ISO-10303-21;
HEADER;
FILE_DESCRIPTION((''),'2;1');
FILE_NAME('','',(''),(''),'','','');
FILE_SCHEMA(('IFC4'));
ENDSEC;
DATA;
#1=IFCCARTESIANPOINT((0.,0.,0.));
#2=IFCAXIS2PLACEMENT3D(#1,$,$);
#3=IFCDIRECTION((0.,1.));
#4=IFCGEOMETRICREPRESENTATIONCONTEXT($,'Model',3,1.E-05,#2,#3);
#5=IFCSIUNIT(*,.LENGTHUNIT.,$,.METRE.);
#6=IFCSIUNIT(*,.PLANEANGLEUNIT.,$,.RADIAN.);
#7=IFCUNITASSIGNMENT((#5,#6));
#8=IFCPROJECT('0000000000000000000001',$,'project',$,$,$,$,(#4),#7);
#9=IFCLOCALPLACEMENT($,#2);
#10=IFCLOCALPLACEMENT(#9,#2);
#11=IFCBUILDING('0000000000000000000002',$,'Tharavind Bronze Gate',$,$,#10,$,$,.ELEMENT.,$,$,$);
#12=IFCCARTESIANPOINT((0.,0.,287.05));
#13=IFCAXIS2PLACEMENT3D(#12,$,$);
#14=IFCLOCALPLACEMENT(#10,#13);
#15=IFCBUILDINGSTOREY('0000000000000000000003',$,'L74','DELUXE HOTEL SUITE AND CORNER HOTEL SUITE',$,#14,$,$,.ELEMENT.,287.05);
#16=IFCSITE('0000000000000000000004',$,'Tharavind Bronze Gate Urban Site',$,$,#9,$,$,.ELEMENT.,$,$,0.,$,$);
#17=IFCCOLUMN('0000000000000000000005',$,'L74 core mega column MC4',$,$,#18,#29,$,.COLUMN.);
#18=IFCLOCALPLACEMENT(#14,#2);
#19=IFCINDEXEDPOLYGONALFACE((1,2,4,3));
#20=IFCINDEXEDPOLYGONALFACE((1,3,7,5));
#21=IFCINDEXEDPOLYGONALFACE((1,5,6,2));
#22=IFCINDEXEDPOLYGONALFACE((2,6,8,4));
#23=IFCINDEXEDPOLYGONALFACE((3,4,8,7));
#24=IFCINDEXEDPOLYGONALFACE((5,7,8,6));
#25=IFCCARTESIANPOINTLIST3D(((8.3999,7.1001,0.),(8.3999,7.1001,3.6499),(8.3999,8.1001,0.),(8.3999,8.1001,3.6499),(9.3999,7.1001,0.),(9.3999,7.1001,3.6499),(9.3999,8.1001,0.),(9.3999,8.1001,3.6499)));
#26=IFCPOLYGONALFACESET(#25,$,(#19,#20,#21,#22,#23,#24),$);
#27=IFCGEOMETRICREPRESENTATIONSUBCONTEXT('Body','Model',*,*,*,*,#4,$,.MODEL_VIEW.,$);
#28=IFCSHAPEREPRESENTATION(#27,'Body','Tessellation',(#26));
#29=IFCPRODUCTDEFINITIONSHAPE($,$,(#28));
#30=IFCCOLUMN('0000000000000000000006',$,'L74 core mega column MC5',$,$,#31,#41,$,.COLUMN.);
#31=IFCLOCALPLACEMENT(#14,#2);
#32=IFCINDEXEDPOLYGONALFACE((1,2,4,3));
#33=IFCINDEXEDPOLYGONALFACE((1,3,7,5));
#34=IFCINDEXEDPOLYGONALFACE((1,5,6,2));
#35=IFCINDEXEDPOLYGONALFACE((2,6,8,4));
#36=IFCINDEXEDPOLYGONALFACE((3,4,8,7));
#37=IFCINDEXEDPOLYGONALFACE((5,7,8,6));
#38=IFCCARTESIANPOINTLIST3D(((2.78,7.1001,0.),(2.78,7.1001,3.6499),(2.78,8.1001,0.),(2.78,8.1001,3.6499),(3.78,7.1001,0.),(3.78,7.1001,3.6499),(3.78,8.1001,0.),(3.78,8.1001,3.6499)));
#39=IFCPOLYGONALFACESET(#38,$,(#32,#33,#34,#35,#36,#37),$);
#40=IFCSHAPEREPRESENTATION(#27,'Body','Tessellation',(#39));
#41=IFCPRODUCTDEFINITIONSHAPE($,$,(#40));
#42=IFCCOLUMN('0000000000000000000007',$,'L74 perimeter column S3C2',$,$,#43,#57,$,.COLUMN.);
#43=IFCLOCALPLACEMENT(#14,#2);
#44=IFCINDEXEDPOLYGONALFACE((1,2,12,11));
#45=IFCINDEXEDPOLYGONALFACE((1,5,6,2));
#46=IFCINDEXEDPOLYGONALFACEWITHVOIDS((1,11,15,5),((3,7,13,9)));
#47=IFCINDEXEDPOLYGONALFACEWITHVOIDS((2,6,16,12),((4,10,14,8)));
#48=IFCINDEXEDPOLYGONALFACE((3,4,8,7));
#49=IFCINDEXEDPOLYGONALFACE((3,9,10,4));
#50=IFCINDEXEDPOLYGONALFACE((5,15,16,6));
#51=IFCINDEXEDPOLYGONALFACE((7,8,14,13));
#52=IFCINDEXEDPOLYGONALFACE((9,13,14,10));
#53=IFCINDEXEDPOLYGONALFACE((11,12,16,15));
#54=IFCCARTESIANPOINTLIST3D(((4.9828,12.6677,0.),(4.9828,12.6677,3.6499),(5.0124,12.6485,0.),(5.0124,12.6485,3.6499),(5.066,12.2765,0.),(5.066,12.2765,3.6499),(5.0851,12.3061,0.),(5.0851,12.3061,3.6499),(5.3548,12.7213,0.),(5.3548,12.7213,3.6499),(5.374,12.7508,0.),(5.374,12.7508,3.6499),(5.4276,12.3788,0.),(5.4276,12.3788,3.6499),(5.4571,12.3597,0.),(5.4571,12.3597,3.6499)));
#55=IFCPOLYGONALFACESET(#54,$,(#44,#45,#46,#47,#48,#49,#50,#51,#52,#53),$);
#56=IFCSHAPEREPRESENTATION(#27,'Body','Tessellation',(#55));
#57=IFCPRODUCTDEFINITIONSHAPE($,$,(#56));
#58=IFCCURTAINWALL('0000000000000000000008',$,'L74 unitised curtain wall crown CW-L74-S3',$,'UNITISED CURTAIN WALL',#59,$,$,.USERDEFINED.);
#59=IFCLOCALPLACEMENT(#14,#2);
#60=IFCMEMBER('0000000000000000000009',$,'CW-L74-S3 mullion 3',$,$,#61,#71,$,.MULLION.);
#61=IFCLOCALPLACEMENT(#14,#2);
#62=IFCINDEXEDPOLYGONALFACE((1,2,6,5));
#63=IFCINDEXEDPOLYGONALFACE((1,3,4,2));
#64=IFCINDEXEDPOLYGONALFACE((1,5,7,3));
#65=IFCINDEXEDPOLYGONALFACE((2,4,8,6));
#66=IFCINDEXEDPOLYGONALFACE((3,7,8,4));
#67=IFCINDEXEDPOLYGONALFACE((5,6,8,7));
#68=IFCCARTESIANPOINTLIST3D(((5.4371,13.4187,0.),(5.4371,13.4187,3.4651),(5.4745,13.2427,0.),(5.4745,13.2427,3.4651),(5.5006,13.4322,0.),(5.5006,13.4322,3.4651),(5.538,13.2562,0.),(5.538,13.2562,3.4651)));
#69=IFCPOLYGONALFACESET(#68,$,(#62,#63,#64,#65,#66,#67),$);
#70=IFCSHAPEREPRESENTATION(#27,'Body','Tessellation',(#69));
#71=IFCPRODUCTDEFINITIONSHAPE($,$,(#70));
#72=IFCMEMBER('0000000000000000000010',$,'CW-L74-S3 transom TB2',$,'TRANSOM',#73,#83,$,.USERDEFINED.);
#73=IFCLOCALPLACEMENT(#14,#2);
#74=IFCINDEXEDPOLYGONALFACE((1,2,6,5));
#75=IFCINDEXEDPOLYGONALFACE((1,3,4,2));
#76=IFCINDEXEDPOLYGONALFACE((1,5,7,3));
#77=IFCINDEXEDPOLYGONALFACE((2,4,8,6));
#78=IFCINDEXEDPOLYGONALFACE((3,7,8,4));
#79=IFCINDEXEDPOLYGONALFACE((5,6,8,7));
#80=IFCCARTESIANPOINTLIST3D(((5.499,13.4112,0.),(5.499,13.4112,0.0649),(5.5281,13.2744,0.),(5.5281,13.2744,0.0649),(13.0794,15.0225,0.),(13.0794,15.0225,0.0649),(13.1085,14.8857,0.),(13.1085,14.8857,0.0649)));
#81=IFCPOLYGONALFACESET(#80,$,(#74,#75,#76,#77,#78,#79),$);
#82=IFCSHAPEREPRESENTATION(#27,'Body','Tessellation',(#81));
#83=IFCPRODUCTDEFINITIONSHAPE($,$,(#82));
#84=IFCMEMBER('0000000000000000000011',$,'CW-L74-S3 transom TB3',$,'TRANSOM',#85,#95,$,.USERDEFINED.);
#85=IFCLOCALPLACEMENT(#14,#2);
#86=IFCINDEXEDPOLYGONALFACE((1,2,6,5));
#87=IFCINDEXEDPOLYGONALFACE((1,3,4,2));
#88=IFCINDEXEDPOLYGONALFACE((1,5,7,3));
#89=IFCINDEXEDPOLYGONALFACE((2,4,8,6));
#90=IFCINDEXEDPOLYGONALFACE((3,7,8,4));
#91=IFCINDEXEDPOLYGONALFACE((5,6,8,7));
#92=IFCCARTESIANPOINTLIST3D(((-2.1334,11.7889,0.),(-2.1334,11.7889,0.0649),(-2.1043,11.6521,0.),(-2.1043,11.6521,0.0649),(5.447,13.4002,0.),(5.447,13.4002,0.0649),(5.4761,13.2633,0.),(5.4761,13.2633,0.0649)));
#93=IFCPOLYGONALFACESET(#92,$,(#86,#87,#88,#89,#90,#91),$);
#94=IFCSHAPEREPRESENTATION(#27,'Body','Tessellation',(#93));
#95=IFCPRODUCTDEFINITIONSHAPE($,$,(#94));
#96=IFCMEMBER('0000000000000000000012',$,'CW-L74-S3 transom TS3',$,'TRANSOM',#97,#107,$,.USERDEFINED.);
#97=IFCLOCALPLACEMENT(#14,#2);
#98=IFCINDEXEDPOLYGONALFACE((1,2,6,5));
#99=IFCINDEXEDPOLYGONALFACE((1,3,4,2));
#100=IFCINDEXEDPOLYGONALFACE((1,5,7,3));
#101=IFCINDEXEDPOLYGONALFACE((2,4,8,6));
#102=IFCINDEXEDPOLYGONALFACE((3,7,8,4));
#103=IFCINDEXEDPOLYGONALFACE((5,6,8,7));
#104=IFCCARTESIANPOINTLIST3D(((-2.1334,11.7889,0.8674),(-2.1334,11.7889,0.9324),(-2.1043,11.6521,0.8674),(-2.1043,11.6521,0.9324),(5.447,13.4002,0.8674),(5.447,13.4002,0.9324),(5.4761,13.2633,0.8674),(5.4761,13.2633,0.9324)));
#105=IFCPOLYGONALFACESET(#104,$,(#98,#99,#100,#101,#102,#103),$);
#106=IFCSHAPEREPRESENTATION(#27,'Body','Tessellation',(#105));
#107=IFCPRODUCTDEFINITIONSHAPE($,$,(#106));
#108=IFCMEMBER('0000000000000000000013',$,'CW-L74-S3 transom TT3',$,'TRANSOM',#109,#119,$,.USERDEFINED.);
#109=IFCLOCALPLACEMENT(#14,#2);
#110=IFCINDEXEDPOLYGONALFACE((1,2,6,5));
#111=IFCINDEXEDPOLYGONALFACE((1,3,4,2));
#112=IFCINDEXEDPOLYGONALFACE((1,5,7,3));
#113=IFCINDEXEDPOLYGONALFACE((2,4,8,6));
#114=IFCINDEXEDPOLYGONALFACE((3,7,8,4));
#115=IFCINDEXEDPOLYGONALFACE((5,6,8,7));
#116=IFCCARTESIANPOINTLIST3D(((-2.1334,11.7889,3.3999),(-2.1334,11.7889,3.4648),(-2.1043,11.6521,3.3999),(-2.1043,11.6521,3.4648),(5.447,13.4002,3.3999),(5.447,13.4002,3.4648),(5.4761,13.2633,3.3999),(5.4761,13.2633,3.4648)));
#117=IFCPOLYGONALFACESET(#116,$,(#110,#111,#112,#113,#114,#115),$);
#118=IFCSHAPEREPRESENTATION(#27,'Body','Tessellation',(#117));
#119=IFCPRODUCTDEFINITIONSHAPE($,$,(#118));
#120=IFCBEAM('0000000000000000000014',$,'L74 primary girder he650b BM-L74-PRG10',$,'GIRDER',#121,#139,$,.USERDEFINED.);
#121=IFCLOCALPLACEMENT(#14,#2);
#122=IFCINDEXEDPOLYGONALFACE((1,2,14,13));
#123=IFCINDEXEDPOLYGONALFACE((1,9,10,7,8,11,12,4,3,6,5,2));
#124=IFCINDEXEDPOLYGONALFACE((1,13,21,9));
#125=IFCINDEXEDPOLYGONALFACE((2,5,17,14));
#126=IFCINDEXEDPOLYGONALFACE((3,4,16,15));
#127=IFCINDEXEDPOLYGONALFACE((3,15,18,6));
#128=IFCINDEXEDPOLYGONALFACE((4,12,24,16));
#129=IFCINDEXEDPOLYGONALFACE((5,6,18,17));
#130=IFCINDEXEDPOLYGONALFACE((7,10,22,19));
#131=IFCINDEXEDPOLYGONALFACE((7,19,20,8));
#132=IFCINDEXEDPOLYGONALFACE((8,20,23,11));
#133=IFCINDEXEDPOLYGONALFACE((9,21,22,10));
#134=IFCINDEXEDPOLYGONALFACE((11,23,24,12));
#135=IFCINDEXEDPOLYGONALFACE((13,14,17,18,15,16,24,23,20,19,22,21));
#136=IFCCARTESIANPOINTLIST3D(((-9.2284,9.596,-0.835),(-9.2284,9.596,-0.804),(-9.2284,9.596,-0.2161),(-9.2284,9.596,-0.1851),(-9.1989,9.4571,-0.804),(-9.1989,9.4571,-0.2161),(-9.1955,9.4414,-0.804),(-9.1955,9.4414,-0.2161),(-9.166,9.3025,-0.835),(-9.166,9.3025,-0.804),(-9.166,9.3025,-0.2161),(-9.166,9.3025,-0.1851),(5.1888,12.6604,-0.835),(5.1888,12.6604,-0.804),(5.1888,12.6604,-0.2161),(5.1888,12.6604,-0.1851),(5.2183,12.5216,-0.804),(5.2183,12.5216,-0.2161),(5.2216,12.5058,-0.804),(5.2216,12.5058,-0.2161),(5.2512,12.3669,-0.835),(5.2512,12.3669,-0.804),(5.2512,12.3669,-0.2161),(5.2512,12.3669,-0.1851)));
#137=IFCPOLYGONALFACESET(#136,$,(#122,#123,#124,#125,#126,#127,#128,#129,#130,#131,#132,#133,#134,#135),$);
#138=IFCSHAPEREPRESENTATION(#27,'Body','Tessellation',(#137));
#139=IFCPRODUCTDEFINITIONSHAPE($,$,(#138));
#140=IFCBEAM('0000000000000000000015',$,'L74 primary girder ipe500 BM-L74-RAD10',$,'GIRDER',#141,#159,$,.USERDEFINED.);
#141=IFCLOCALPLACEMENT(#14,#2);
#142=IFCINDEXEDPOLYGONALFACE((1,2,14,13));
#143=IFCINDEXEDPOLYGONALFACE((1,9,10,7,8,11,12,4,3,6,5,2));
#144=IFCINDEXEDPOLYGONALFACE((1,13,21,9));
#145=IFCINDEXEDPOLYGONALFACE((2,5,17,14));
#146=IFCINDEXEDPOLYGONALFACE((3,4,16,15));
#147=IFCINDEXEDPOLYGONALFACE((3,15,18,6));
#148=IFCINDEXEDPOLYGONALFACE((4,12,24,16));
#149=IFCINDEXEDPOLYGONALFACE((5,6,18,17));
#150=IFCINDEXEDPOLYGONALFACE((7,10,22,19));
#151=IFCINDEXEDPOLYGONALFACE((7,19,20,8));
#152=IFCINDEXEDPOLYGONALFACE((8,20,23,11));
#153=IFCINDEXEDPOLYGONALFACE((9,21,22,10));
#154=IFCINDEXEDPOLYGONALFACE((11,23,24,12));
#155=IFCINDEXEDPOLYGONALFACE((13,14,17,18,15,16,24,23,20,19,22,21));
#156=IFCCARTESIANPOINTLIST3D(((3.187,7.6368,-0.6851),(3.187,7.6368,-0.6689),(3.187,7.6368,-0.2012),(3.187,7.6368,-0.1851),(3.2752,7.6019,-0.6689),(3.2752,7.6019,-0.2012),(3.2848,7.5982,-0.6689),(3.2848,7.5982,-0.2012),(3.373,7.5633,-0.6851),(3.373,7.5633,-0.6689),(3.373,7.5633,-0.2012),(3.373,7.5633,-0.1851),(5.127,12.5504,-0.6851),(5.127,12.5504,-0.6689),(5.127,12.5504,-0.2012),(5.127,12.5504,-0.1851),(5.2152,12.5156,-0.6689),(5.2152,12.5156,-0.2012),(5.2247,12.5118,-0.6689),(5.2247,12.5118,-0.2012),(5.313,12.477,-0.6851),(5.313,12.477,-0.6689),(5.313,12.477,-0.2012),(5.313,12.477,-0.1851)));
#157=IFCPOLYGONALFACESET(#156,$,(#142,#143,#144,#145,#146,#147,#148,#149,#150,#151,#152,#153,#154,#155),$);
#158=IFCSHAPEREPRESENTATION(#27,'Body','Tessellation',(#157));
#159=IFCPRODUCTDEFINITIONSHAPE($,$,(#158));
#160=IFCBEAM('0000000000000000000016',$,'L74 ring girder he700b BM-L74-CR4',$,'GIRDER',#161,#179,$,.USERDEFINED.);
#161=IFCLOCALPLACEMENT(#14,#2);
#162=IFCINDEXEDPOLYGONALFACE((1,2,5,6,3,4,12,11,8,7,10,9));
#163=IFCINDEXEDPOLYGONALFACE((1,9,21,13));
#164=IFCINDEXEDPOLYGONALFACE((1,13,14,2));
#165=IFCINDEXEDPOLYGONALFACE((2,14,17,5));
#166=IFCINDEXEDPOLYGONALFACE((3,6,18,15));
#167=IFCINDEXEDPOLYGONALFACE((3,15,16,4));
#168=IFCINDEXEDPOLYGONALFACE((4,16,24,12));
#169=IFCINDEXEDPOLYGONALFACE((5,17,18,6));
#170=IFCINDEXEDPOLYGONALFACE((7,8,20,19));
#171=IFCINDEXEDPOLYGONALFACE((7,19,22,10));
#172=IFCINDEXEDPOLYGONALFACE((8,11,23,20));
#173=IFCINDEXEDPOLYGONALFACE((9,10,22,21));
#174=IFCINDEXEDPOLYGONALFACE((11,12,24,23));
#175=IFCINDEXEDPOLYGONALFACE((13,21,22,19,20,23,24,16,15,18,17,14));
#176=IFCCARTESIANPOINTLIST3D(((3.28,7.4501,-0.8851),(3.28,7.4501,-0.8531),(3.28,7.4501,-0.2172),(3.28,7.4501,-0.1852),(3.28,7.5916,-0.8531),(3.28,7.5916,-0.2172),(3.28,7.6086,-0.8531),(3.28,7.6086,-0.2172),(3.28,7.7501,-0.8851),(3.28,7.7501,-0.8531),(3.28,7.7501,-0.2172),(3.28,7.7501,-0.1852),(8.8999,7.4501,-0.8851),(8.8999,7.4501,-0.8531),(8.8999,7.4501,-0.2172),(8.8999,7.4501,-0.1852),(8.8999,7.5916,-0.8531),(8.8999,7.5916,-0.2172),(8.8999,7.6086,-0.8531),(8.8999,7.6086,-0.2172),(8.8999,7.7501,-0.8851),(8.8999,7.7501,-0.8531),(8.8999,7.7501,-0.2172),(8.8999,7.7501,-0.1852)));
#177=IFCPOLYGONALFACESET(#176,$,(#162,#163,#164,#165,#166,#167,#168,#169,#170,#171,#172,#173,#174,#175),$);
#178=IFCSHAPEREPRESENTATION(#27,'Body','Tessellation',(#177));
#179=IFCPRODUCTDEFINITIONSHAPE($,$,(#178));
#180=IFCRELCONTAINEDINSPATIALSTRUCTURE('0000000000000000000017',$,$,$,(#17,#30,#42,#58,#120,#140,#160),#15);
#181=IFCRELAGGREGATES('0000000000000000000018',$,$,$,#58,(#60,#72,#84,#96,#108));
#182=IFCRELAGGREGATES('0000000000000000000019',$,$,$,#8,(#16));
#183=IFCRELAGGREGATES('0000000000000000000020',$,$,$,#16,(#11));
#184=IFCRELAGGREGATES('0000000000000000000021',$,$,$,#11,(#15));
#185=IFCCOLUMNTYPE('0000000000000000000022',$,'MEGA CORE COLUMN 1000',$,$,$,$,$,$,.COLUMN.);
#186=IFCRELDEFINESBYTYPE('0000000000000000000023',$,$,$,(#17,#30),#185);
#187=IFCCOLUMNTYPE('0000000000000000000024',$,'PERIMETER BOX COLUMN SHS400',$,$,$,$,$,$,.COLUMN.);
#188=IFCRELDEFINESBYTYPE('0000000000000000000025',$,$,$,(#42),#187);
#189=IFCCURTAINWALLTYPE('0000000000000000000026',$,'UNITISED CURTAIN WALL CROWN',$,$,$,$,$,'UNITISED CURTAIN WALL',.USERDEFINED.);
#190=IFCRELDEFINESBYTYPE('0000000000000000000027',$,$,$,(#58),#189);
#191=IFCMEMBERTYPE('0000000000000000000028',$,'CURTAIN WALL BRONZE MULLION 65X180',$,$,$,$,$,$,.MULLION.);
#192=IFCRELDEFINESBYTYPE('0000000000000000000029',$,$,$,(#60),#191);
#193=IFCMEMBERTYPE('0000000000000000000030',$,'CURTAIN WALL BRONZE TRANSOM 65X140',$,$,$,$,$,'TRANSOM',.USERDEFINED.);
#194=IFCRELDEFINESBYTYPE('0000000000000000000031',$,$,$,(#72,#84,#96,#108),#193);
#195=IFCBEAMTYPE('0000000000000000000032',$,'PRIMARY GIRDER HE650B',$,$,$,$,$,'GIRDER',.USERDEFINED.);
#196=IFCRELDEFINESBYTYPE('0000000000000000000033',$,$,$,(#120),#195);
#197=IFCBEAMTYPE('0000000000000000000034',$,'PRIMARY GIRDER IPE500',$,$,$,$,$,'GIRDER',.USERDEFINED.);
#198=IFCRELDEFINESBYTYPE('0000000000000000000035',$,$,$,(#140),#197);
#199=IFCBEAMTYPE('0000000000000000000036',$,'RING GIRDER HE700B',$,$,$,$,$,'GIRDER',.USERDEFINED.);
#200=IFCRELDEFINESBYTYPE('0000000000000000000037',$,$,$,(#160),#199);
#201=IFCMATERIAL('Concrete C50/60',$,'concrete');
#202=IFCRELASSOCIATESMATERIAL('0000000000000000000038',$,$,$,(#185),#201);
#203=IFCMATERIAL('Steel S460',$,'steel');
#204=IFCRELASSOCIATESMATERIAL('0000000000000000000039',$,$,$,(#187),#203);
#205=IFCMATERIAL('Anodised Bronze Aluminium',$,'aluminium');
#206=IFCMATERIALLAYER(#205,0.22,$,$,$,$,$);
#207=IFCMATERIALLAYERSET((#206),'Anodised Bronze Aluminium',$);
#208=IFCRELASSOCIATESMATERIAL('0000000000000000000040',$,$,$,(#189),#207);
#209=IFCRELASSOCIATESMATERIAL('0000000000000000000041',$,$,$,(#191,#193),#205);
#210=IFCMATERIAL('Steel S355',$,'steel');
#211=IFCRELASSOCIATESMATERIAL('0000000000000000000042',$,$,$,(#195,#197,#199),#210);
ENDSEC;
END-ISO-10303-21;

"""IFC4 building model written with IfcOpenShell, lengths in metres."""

from ifc_helpers import new_model, si_unit, direction, frame, origin, origin_2d, place, context, subcontext, project, spatial, rectangle, hollow_rectangle, i_section, extrude, material, layer, layer_set, material_profile, profile_set, type_object, element, aggregate, save


model = new_model("IFC4")

# Units and contexts
model_context = context("Model", 3, precision=1e-05, world=origin(), true_north=direction((0.0, 1.0)))
body_context = subcontext(model_context, "Body", "Model", "MODEL_VIEW")
ifc_project = project(units=[si_unit("LENGTHUNIT", "METRE"), si_unit("PLANEANGLEUNIT", "RADIAN")], contexts=[model_context])

# Site, building, storey
site_placement = place(None, origin())
site = spatial("IfcSite", under=ifc_project, at=site_placement, Name="Tharavind Bronze Gate Urban Site", CompositionType="ELEMENT", RefElevation=0.0)
building_placement = place(site_placement, origin())
building = spatial("IfcBuilding", under=site, at=building_placement, Name="Tharavind Bronze Gate", CompositionType="ELEMENT")
storey_placement = place(building_placement, frame((0.0, 0.0, 287.05)))
storey = spatial("IfcBuildingStorey", under=building, at=storey_placement, Name="L74", Description="DELUXE HOTEL SUITE AND CORNER HOTEL SUITE", CompositionType="ELEMENT", Elevation=287.05)

# Columns
ifc_material_1 = material(Name="Concrete C50/60", Category="concrete")
ifc_material_profile_1 = material_profile(ifc_material_1, rectangle(XDim=1.0, YDim=1.0, at=origin_2d()), Name="RCCOL1000")
ifc_profile_set_1 = profile_set([ifc_material_profile_1], Name="Concrete C50/60")
column_type_1 = type_object("IfcColumnType", Name="MEGA CORE COLUMN 1000", PredefinedType="COLUMN", material=ifc_profile_set_1)
for number, where, z_axis, x_axis, name in (
    (1, (8.8999, 7.6001, 0.0), (0.0, 0.0, 1.0), (1.0, 0.0, 0.0), "L74 core mega column MC4"),
    (2, (3.28, 7.6001, 0.0), (0.0, 0.0, 1.0), (1.0, 0.0, 0.0), "L74 core mega column MC5"),
):
    element("IfcColumn", number, at=place(storey_placement, frame(where, z_axis=z_axis, x_axis=x_axis)), inside=storey, type_object=column_type_1, Name=name, PredefinedType="COLUMN", context=body_context, shape_type="SweptSolid", body=[
        extrude(rectangle(XDim=1.0, YDim=1.0, at=origin_2d()), origin(), (0.0, 0.0, 1.0), 3.6499),
    ])
ifc_material_2 = material(Name="Steel S460", Category="steel")
ifc_material_profile_2 = material_profile(ifc_material_2, hollow_rectangle(XDim=0.3999, YDim=0.3999, WallThickness=0.0249, at=origin_2d()), Name="SHS400X25")
ifc_profile_set_2 = profile_set([ifc_material_profile_2], Name="Steel S460")
column_type_2 = type_object("IfcColumnType", Name="PERIMETER BOX COLUMN SHS400", PredefinedType="COLUMN", material=ifc_profile_set_2)
column_placement = place(storey_placement, frame((5.22, 12.5137, 0.0), z_axis=(0.0, 0.0, 1.0), x_axis=(0.978147, 0.207913, 0.0)))
element("IfcColumn", 3, at=column_placement, inside=storey, type_object=column_type_2, Name="L74 perimeter column S3C2", PredefinedType="COLUMN", context=body_context, shape_type="SweptSolid", body=[
    extrude(hollow_rectangle(XDim=0.3999, YDim=0.3999, WallThickness=0.0249, at=origin_2d()), origin(), (0.0, 0.0, 1.0), 3.6499),
])

# Curtain wall, members
ifc_material_3 = material(Name="Anodised Bronze Aluminium", Category="aluminium")
ifc_layer_1 = layer(ifc_material_3, 0.22)
ifc_layer_set_1 = layer_set([ifc_layer_1], Name="Anodised Bronze Aluminium")
curtain_wall_type = type_object("IfcCurtainWallType", Name="UNITISED CURTAIN WALL CROWN", ElementType="UNITISED CURTAIN WALL", PredefinedType="USERDEFINED", material=ifc_layer_set_1)
curtain_wall_placement = place(storey_placement, origin())
curtain_wall = element("IfcCurtainWall", 4, at=curtain_wall_placement, inside=storey, type_object=curtain_wall_type, Name="L74 unitised curtain wall crown CW-L74-S3", ObjectType="UNITISED CURTAIN WALL", PredefinedType="USERDEFINED")
member_type_1 = type_object("IfcMemberType", Name="CURTAIN WALL BRONZE MULLION 65X180", PredefinedType="MULLION", material=ifc_material_3)
member_1_placement = place(storey_placement, frame((5.4875, 13.3374, 0.0), z_axis=(0.0, 0.0, 1.0), x_axis=(-0.978147, -0.207913, 0.0)))
member_1 = element("IfcMember", 5, at=member_1_placement, type_object=member_type_1, Name="CW-L74-S3 mullion 3", PredefinedType="MULLION", context=body_context, shape_type="SweptSolid", body=[
    extrude(rectangle(XDim=0.0649, YDim=0.1799, at=origin_2d()), origin(), (0.0, 0.0, 1.0), 3.4651),
])
member_type_2 = type_object("IfcMemberType", Name="CURTAIN WALL BRONZE TRANSOM 65X140", ElementType="TRANSOM", PredefinedType="USERDEFINED", material=ifc_material_3)
member_2_placement = place(storey_placement, frame((9.3037, 14.1484, 0.0), z_axis=(0.0, 0.0, 1.0), x_axis=(-0.978147, -0.207913, 0.0)))
member_2 = element("IfcMember", 6, at=member_2_placement, type_object=member_type_2, Name="CW-L74-S3 transom TB2", ObjectType="TRANSOM", PredefinedType="USERDEFINED", context=body_context, shape_type="SweptSolid", body=[
    extrude(rectangle(XDim=7.7498, YDim=0.1399, at=origin_2d()), origin(), (0.0, 0.0, 1.0), 0.0649),
])
member_3_placement = place(storey_placement, frame((1.6714, 12.5261, 0.0), z_axis=(0.0, 0.0, 1.0), x_axis=(-0.978147, -0.207913, 0.0)))
member_3 = element("IfcMember", 7, at=member_3_placement, type_object=member_type_2, Name="CW-L74-S3 transom TB3", ObjectType="TRANSOM", PredefinedType="USERDEFINED", context=body_context, shape_type="SweptSolid", body=[
    extrude(rectangle(XDim=7.7498, YDim=0.1399, at=origin_2d()), origin(), (0.0, 0.0, 1.0), 0.0649),
])
member_4_placement = place(storey_placement, frame((1.6714, 12.5261, 0.8674), z_axis=(0.0, 0.0, 1.0), x_axis=(-0.978147, -0.207913, 0.0)))
member_4 = element("IfcMember", 8, at=member_4_placement, type_object=member_type_2, Name="CW-L74-S3 transom TS3", ObjectType="TRANSOM", PredefinedType="USERDEFINED", context=body_context, shape_type="SweptSolid", body=[
    extrude(rectangle(XDim=7.7498, YDim=0.1399, at=origin_2d()), origin(), (0.0, 0.0, 1.0), 0.0649),
])
member_5_placement = place(storey_placement, frame((1.6714, 12.5261, 3.3999), z_axis=(0.0, 0.0, 1.0), x_axis=(-0.978147, -0.207913, 0.0)))
member_5 = element("IfcMember", 9, at=member_5_placement, type_object=member_type_2, Name="CW-L74-S3 transom TT3", ObjectType="TRANSOM", PredefinedType="USERDEFINED", context=body_context, shape_type="SweptSolid", body=[
    extrude(rectangle(XDim=7.7498, YDim=0.1399, at=origin_2d()), origin(), (0.0, 0.0, 1.0), 0.0649),
])

# Beams
ifc_material_4 = material(Name="Steel S355", Category="steel")
ifc_material_profile_3 = material_profile(ifc_material_4, i_section(OverallWidth=0.3, OverallDepth=0.6499, WebThickness=0.0161, FlangeThickness=0.031, at=origin_2d()), Name="HE650B")
ifc_profile_set_3 = profile_set([ifc_material_profile_3], Name="Steel S355")
beam_type_1 = type_object("IfcBeamType", Name="PRIMARY GIRDER HE650B", ElementType="GIRDER", PredefinedType="USERDEFINED", material=ifc_profile_set_3)
beam_1_placement = place(storey_placement, frame((5.22, 12.5137, -0.51), z_axis=(-0.978148, -0.20791, 0.0), x_axis=(0.20791, -0.978148, 0.0)))
element("IfcBeam", 10, at=beam_1_placement, inside=storey, type_object=beam_type_1, Name="L74 primary girder he650b BM-L74-PRG10", ObjectType="GIRDER", PredefinedType="USERDEFINED", context=body_context, shape_type="SweptSolid", body=[
    extrude(i_section(OverallWidth=0.3, OverallDepth=0.6499, WebThickness=0.0161, FlangeThickness=0.031, at=origin_2d()), origin(), (0.0, 0.0, 1.0), 14.7393),
])
ifc_material_profile_4 = material_profile(ifc_material_4, i_section(OverallWidth=0.2, OverallDepth=0.5, WebThickness=0.0103, FlangeThickness=0.0161, at=origin_2d()), Name="IPE500")
ifc_profile_set_4 = profile_set([ifc_material_profile_4], Name="Steel S355")
beam_type_2 = type_object("IfcBeamType", Name="PRIMARY GIRDER IPE500", ElementType="GIRDER", PredefinedType="USERDEFINED", material=ifc_profile_set_4)
beam_2_placement = place(storey_placement, frame((5.22, 12.5137, -0.4351), z_axis=(-0.367228, -0.930131, 0.0), x_axis=(0.930131, -0.367228, 0.0)))
element("IfcBeam", 11, at=beam_2_placement, inside=storey, type_object=beam_type_2, Name="L74 primary girder ipe500 BM-L74-RAD10", ObjectType="GIRDER", PredefinedType="USERDEFINED", context=body_context, shape_type="SweptSolid", body=[
    extrude(i_section(OverallWidth=0.2, OverallDepth=0.5, WebThickness=0.0103, FlangeThickness=0.0161, at=origin_2d()), origin(), (0.0, 0.0, 1.0), 5.2827),
])
ifc_material_profile_5 = material_profile(ifc_material_4, i_section(OverallWidth=0.3, OverallDepth=0.7, WebThickness=0.0171, FlangeThickness=0.032, at=origin_2d()), Name="HE700B")
ifc_profile_set_5 = profile_set([ifc_material_profile_5], Name="Steel S355")
beam_type_3 = type_object("IfcBeamType", Name="RING GIRDER HE700B", ElementType="GIRDER", PredefinedType="USERDEFINED", material=ifc_profile_set_5)
beam_3_placement = place(storey_placement, frame((8.8999, 7.6001, -0.5352), z_axis=(-1.0, 0.0, 0.0), x_axis=(0.0, -1.0, 0.0)))
element("IfcBeam", 12, at=beam_3_placement, inside=storey, type_object=beam_type_3, Name="L74 ring girder he700b BM-L74-CR4", ObjectType="GIRDER", PredefinedType="USERDEFINED", context=body_context, shape_type="SweptSolid", body=[
    extrude(i_section(OverallWidth=0.3, OverallDepth=0.7, WebThickness=0.0171, FlangeThickness=0.032, at=origin_2d()), origin(), (0.0, 0.0, 1.0), 5.6199),
])

aggregate(curtain_wall, [member_1, member_2, member_3, member_4, member_5])

save(model, "model.ifc")
